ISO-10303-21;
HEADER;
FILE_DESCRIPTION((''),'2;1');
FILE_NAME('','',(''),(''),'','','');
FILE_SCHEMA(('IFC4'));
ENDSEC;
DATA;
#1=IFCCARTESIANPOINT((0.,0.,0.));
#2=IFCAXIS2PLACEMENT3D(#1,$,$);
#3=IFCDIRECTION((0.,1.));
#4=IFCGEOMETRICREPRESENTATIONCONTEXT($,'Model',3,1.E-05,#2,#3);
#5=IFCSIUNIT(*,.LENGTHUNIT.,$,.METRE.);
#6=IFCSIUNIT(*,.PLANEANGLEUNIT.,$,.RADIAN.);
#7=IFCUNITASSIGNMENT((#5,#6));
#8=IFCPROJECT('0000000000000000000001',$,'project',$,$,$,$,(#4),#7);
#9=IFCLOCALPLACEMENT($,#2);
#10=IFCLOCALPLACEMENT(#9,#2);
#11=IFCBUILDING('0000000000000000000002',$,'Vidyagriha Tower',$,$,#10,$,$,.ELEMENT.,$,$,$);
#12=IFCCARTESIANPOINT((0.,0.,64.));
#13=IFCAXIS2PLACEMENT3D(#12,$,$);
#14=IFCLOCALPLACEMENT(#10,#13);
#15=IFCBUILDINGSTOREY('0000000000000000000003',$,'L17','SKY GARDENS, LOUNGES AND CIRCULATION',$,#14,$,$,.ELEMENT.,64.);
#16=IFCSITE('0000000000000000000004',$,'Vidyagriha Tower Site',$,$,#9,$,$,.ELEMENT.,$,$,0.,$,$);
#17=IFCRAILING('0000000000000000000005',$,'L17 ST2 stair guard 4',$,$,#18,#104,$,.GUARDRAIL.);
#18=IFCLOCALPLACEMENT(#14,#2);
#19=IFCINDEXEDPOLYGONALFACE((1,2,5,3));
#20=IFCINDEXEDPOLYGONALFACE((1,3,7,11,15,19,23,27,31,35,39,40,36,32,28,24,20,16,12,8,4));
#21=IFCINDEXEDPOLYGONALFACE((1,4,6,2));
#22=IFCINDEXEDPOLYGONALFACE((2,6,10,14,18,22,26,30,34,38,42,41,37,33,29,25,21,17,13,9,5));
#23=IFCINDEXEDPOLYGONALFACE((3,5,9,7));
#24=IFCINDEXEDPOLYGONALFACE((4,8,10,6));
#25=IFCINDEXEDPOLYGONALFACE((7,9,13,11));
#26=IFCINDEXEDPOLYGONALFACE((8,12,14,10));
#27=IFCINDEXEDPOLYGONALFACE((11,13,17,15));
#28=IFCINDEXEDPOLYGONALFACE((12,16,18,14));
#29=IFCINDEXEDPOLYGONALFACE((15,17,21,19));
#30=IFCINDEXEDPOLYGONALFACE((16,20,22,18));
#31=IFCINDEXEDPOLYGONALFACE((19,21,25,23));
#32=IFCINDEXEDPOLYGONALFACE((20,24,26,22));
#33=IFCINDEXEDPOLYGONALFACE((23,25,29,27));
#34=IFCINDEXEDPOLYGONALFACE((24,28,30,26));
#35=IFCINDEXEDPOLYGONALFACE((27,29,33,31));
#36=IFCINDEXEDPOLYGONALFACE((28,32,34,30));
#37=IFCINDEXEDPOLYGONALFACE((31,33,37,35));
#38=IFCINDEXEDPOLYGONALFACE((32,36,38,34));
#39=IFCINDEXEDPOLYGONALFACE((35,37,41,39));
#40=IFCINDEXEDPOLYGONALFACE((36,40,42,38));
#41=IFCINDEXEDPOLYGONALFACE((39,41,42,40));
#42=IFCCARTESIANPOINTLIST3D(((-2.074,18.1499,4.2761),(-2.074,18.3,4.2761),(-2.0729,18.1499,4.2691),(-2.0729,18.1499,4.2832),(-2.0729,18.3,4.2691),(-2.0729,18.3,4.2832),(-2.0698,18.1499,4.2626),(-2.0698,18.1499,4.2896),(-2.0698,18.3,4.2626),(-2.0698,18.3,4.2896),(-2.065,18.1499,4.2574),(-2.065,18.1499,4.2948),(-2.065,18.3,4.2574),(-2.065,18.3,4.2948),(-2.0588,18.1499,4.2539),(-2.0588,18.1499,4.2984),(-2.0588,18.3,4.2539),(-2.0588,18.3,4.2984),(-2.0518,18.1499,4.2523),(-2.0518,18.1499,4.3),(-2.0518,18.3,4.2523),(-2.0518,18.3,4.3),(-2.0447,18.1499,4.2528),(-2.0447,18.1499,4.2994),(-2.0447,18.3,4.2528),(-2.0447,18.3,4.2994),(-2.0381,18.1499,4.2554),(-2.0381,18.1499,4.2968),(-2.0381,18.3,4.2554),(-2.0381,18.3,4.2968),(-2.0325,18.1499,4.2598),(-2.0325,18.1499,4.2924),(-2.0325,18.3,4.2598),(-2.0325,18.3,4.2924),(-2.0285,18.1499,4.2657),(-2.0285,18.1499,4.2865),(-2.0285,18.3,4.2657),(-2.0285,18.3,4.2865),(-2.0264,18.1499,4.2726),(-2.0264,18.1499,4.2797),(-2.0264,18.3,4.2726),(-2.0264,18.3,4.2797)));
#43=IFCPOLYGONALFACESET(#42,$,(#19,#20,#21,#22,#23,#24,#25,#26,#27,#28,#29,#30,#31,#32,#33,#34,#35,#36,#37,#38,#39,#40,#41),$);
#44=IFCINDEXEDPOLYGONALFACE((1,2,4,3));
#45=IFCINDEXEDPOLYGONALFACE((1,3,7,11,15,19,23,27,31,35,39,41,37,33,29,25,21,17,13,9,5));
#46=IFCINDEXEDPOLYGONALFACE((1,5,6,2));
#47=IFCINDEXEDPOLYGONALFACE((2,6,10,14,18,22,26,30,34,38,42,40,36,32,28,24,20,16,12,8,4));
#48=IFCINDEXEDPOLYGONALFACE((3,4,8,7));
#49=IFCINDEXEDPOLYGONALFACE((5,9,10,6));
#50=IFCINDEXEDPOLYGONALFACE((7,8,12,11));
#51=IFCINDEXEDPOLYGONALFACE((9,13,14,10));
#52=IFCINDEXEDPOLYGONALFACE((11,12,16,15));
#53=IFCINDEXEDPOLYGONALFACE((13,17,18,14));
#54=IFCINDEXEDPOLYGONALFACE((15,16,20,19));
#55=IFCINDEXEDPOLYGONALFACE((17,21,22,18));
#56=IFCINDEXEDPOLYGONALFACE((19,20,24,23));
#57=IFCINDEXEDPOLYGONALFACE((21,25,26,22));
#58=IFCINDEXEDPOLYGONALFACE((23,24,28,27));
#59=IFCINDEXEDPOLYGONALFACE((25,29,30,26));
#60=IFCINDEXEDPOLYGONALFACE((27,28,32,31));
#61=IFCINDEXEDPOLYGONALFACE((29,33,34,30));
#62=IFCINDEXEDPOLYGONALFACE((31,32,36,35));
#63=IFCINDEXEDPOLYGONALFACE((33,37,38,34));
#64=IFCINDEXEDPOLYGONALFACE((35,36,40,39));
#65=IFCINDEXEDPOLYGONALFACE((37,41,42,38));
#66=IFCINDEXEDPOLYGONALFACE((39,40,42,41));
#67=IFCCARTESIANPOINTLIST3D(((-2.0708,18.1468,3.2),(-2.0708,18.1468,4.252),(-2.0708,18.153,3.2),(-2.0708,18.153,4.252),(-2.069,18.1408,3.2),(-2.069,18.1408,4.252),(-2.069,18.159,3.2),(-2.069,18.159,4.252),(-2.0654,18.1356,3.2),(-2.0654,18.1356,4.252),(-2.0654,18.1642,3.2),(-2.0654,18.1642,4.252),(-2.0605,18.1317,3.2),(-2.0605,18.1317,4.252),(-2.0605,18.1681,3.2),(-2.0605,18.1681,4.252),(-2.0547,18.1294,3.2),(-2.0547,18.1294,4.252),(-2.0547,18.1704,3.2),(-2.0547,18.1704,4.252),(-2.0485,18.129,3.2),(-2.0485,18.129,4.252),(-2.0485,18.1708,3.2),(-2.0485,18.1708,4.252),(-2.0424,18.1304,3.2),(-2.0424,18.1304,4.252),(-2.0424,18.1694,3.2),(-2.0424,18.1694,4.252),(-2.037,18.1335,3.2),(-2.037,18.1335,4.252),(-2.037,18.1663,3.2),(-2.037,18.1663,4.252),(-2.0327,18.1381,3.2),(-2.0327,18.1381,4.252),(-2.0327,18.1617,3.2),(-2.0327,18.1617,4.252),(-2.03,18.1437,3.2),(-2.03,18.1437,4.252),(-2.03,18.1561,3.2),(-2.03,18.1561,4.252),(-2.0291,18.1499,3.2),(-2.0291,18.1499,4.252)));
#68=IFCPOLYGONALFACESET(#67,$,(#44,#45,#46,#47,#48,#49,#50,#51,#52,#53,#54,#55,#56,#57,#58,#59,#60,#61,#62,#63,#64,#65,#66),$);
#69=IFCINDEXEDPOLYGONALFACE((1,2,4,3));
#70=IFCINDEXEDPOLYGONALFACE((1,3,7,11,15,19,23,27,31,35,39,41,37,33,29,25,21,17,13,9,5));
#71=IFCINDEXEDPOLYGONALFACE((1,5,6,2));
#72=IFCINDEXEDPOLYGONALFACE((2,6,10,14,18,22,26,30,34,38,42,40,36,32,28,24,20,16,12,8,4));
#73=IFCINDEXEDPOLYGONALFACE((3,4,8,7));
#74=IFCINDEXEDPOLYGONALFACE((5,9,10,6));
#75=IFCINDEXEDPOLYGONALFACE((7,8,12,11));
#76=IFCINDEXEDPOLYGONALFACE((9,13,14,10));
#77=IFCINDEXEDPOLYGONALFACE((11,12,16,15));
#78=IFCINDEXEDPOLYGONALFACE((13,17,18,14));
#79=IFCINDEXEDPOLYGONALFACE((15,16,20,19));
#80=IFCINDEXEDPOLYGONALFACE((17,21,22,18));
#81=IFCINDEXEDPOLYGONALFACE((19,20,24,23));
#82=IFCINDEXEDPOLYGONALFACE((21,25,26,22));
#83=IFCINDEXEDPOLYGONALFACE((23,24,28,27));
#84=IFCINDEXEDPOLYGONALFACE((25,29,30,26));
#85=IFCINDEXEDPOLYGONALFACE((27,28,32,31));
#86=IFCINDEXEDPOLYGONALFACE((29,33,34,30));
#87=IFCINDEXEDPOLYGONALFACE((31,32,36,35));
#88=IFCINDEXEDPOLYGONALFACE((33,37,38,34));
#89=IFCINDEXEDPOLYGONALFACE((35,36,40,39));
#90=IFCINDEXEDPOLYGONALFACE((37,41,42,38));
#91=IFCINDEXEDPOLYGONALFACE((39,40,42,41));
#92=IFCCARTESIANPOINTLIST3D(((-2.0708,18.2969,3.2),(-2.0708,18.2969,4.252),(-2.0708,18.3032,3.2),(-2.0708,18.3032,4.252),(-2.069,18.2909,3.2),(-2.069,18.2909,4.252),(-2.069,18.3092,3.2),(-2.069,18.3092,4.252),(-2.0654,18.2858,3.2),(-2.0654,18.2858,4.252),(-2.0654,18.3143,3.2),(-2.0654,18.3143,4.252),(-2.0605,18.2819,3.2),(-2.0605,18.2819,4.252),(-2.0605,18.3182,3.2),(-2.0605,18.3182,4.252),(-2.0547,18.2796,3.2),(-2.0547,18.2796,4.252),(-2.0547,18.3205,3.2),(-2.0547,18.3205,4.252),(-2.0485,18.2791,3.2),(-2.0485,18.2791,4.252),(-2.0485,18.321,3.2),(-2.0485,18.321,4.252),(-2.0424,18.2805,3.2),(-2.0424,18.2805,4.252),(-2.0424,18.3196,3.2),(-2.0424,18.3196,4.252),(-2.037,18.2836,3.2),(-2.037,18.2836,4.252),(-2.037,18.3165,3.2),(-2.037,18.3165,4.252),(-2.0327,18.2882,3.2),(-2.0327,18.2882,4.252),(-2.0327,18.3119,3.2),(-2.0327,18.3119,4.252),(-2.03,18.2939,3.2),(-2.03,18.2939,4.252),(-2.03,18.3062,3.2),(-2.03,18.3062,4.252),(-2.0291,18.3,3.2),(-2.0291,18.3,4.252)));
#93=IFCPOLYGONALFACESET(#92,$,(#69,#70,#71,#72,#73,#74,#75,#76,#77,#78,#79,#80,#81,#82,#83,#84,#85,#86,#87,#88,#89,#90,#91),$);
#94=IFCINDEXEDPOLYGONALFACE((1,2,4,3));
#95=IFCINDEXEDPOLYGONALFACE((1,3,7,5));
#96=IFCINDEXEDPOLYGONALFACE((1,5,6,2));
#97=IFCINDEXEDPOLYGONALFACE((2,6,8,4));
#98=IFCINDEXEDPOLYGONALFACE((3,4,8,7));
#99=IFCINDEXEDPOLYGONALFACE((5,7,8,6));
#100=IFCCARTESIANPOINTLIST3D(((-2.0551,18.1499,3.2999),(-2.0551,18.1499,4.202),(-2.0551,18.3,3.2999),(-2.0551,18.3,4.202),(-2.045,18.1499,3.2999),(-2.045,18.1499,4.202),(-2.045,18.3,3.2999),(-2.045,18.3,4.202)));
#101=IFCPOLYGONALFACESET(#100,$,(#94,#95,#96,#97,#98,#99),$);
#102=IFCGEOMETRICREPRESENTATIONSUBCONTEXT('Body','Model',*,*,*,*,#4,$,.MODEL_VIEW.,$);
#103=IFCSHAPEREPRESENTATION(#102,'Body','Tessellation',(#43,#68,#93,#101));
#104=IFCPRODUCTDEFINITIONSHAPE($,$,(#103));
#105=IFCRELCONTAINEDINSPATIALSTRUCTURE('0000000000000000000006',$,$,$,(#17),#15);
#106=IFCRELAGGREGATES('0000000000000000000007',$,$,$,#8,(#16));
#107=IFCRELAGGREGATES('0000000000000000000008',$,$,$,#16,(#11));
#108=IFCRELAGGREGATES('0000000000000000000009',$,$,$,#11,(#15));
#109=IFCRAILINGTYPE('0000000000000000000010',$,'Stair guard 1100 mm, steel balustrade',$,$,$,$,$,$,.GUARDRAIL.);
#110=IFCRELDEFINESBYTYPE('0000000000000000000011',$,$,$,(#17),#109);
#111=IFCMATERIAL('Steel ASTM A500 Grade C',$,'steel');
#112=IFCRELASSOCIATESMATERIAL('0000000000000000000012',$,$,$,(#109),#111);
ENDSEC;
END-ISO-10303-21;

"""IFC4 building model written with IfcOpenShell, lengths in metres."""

from ifc_helpers import new_model, si_unit, direction, frame, origin, origin_2d, place, context, subcontext, project, spatial, rectangle, circle, extrude, material, type_object, element, save


model = new_model("IFC4")

# Units and contexts
model_context = context("Model", 3, precision=1e-05, world=origin(), true_north=direction((0.0, 1.0)))
body_context = subcontext(model_context, "Body", "Model", "MODEL_VIEW")
ifc_project = project(units=[si_unit("LENGTHUNIT", "METRE"), si_unit("PLANEANGLEUNIT", "RADIAN")], contexts=[model_context])

# Site, building, storey
site_placement = place(None, origin())
site = spatial("IfcSite", under=ifc_project, at=site_placement, Name="Vidyagriha Tower Site", CompositionType="ELEMENT", RefElevation=0.0)
building_placement = place(site_placement, origin())
building = spatial("IfcBuilding", under=site, at=building_placement, Name="Vidyagriha Tower", CompositionType="ELEMENT")
storey_placement = place(building_placement, frame((0.0, 0.0, 64.0)))
storey = spatial("IfcBuildingStorey", under=building, at=storey_placement, Name="L17", Description="SKY GARDENS, LOUNGES AND CIRCULATION", CompositionType="ELEMENT", Elevation=64.0)

# Railing
ifc_material_1 = material(Name="Steel ASTM A500 Grade C", Category="steel")
railing_type_1 = type_object("IfcRailingType", Name="Stair guard 1100 mm, steel balustrade", PredefinedType="GUARDRAIL", material=ifc_material_1)
railing_1_placement = place(storey_placement, frame((-2.05, 18.1499, 3.2)))
element("IfcRailing", 1, at=railing_1_placement, inside=storey, type_object=railing_type_1, Name="L17 ST2 stair guard 4", PredefinedType="GUARDRAIL", context=body_context, shape_type="SweptSolid", body=[
    extrude(circle(Radius=0.0239, at=origin_2d()), frame((0.0, 0.0, 1.0762), z_axis=(0.0, 1.0, 0.0), x_axis=(-1.0, 0.0, 0.0)), (0.0, 0.0, 1.0), 0.1501),
    extrude(circle(Radius=0.021, at=origin_2d()), origin(), (0.0, 0.0, 1.0), 1.052),
    extrude(circle(Radius=0.021, at=origin_2d()), frame((0.0, 0.1501, 0.0)), (0.0, 0.0, 1.0), 1.052),
    extrude(rectangle(XDim=0.01, YDim=0.9021, at=origin_2d()), frame((0.0, 0.0, 0.551), z_axis=(0.0, 1.0, 0.0), x_axis=(-1.0, 0.0, 0.0)), (0.0, 0.0, 1.0), 0.1501),
])

save(model, "model.ifc")
